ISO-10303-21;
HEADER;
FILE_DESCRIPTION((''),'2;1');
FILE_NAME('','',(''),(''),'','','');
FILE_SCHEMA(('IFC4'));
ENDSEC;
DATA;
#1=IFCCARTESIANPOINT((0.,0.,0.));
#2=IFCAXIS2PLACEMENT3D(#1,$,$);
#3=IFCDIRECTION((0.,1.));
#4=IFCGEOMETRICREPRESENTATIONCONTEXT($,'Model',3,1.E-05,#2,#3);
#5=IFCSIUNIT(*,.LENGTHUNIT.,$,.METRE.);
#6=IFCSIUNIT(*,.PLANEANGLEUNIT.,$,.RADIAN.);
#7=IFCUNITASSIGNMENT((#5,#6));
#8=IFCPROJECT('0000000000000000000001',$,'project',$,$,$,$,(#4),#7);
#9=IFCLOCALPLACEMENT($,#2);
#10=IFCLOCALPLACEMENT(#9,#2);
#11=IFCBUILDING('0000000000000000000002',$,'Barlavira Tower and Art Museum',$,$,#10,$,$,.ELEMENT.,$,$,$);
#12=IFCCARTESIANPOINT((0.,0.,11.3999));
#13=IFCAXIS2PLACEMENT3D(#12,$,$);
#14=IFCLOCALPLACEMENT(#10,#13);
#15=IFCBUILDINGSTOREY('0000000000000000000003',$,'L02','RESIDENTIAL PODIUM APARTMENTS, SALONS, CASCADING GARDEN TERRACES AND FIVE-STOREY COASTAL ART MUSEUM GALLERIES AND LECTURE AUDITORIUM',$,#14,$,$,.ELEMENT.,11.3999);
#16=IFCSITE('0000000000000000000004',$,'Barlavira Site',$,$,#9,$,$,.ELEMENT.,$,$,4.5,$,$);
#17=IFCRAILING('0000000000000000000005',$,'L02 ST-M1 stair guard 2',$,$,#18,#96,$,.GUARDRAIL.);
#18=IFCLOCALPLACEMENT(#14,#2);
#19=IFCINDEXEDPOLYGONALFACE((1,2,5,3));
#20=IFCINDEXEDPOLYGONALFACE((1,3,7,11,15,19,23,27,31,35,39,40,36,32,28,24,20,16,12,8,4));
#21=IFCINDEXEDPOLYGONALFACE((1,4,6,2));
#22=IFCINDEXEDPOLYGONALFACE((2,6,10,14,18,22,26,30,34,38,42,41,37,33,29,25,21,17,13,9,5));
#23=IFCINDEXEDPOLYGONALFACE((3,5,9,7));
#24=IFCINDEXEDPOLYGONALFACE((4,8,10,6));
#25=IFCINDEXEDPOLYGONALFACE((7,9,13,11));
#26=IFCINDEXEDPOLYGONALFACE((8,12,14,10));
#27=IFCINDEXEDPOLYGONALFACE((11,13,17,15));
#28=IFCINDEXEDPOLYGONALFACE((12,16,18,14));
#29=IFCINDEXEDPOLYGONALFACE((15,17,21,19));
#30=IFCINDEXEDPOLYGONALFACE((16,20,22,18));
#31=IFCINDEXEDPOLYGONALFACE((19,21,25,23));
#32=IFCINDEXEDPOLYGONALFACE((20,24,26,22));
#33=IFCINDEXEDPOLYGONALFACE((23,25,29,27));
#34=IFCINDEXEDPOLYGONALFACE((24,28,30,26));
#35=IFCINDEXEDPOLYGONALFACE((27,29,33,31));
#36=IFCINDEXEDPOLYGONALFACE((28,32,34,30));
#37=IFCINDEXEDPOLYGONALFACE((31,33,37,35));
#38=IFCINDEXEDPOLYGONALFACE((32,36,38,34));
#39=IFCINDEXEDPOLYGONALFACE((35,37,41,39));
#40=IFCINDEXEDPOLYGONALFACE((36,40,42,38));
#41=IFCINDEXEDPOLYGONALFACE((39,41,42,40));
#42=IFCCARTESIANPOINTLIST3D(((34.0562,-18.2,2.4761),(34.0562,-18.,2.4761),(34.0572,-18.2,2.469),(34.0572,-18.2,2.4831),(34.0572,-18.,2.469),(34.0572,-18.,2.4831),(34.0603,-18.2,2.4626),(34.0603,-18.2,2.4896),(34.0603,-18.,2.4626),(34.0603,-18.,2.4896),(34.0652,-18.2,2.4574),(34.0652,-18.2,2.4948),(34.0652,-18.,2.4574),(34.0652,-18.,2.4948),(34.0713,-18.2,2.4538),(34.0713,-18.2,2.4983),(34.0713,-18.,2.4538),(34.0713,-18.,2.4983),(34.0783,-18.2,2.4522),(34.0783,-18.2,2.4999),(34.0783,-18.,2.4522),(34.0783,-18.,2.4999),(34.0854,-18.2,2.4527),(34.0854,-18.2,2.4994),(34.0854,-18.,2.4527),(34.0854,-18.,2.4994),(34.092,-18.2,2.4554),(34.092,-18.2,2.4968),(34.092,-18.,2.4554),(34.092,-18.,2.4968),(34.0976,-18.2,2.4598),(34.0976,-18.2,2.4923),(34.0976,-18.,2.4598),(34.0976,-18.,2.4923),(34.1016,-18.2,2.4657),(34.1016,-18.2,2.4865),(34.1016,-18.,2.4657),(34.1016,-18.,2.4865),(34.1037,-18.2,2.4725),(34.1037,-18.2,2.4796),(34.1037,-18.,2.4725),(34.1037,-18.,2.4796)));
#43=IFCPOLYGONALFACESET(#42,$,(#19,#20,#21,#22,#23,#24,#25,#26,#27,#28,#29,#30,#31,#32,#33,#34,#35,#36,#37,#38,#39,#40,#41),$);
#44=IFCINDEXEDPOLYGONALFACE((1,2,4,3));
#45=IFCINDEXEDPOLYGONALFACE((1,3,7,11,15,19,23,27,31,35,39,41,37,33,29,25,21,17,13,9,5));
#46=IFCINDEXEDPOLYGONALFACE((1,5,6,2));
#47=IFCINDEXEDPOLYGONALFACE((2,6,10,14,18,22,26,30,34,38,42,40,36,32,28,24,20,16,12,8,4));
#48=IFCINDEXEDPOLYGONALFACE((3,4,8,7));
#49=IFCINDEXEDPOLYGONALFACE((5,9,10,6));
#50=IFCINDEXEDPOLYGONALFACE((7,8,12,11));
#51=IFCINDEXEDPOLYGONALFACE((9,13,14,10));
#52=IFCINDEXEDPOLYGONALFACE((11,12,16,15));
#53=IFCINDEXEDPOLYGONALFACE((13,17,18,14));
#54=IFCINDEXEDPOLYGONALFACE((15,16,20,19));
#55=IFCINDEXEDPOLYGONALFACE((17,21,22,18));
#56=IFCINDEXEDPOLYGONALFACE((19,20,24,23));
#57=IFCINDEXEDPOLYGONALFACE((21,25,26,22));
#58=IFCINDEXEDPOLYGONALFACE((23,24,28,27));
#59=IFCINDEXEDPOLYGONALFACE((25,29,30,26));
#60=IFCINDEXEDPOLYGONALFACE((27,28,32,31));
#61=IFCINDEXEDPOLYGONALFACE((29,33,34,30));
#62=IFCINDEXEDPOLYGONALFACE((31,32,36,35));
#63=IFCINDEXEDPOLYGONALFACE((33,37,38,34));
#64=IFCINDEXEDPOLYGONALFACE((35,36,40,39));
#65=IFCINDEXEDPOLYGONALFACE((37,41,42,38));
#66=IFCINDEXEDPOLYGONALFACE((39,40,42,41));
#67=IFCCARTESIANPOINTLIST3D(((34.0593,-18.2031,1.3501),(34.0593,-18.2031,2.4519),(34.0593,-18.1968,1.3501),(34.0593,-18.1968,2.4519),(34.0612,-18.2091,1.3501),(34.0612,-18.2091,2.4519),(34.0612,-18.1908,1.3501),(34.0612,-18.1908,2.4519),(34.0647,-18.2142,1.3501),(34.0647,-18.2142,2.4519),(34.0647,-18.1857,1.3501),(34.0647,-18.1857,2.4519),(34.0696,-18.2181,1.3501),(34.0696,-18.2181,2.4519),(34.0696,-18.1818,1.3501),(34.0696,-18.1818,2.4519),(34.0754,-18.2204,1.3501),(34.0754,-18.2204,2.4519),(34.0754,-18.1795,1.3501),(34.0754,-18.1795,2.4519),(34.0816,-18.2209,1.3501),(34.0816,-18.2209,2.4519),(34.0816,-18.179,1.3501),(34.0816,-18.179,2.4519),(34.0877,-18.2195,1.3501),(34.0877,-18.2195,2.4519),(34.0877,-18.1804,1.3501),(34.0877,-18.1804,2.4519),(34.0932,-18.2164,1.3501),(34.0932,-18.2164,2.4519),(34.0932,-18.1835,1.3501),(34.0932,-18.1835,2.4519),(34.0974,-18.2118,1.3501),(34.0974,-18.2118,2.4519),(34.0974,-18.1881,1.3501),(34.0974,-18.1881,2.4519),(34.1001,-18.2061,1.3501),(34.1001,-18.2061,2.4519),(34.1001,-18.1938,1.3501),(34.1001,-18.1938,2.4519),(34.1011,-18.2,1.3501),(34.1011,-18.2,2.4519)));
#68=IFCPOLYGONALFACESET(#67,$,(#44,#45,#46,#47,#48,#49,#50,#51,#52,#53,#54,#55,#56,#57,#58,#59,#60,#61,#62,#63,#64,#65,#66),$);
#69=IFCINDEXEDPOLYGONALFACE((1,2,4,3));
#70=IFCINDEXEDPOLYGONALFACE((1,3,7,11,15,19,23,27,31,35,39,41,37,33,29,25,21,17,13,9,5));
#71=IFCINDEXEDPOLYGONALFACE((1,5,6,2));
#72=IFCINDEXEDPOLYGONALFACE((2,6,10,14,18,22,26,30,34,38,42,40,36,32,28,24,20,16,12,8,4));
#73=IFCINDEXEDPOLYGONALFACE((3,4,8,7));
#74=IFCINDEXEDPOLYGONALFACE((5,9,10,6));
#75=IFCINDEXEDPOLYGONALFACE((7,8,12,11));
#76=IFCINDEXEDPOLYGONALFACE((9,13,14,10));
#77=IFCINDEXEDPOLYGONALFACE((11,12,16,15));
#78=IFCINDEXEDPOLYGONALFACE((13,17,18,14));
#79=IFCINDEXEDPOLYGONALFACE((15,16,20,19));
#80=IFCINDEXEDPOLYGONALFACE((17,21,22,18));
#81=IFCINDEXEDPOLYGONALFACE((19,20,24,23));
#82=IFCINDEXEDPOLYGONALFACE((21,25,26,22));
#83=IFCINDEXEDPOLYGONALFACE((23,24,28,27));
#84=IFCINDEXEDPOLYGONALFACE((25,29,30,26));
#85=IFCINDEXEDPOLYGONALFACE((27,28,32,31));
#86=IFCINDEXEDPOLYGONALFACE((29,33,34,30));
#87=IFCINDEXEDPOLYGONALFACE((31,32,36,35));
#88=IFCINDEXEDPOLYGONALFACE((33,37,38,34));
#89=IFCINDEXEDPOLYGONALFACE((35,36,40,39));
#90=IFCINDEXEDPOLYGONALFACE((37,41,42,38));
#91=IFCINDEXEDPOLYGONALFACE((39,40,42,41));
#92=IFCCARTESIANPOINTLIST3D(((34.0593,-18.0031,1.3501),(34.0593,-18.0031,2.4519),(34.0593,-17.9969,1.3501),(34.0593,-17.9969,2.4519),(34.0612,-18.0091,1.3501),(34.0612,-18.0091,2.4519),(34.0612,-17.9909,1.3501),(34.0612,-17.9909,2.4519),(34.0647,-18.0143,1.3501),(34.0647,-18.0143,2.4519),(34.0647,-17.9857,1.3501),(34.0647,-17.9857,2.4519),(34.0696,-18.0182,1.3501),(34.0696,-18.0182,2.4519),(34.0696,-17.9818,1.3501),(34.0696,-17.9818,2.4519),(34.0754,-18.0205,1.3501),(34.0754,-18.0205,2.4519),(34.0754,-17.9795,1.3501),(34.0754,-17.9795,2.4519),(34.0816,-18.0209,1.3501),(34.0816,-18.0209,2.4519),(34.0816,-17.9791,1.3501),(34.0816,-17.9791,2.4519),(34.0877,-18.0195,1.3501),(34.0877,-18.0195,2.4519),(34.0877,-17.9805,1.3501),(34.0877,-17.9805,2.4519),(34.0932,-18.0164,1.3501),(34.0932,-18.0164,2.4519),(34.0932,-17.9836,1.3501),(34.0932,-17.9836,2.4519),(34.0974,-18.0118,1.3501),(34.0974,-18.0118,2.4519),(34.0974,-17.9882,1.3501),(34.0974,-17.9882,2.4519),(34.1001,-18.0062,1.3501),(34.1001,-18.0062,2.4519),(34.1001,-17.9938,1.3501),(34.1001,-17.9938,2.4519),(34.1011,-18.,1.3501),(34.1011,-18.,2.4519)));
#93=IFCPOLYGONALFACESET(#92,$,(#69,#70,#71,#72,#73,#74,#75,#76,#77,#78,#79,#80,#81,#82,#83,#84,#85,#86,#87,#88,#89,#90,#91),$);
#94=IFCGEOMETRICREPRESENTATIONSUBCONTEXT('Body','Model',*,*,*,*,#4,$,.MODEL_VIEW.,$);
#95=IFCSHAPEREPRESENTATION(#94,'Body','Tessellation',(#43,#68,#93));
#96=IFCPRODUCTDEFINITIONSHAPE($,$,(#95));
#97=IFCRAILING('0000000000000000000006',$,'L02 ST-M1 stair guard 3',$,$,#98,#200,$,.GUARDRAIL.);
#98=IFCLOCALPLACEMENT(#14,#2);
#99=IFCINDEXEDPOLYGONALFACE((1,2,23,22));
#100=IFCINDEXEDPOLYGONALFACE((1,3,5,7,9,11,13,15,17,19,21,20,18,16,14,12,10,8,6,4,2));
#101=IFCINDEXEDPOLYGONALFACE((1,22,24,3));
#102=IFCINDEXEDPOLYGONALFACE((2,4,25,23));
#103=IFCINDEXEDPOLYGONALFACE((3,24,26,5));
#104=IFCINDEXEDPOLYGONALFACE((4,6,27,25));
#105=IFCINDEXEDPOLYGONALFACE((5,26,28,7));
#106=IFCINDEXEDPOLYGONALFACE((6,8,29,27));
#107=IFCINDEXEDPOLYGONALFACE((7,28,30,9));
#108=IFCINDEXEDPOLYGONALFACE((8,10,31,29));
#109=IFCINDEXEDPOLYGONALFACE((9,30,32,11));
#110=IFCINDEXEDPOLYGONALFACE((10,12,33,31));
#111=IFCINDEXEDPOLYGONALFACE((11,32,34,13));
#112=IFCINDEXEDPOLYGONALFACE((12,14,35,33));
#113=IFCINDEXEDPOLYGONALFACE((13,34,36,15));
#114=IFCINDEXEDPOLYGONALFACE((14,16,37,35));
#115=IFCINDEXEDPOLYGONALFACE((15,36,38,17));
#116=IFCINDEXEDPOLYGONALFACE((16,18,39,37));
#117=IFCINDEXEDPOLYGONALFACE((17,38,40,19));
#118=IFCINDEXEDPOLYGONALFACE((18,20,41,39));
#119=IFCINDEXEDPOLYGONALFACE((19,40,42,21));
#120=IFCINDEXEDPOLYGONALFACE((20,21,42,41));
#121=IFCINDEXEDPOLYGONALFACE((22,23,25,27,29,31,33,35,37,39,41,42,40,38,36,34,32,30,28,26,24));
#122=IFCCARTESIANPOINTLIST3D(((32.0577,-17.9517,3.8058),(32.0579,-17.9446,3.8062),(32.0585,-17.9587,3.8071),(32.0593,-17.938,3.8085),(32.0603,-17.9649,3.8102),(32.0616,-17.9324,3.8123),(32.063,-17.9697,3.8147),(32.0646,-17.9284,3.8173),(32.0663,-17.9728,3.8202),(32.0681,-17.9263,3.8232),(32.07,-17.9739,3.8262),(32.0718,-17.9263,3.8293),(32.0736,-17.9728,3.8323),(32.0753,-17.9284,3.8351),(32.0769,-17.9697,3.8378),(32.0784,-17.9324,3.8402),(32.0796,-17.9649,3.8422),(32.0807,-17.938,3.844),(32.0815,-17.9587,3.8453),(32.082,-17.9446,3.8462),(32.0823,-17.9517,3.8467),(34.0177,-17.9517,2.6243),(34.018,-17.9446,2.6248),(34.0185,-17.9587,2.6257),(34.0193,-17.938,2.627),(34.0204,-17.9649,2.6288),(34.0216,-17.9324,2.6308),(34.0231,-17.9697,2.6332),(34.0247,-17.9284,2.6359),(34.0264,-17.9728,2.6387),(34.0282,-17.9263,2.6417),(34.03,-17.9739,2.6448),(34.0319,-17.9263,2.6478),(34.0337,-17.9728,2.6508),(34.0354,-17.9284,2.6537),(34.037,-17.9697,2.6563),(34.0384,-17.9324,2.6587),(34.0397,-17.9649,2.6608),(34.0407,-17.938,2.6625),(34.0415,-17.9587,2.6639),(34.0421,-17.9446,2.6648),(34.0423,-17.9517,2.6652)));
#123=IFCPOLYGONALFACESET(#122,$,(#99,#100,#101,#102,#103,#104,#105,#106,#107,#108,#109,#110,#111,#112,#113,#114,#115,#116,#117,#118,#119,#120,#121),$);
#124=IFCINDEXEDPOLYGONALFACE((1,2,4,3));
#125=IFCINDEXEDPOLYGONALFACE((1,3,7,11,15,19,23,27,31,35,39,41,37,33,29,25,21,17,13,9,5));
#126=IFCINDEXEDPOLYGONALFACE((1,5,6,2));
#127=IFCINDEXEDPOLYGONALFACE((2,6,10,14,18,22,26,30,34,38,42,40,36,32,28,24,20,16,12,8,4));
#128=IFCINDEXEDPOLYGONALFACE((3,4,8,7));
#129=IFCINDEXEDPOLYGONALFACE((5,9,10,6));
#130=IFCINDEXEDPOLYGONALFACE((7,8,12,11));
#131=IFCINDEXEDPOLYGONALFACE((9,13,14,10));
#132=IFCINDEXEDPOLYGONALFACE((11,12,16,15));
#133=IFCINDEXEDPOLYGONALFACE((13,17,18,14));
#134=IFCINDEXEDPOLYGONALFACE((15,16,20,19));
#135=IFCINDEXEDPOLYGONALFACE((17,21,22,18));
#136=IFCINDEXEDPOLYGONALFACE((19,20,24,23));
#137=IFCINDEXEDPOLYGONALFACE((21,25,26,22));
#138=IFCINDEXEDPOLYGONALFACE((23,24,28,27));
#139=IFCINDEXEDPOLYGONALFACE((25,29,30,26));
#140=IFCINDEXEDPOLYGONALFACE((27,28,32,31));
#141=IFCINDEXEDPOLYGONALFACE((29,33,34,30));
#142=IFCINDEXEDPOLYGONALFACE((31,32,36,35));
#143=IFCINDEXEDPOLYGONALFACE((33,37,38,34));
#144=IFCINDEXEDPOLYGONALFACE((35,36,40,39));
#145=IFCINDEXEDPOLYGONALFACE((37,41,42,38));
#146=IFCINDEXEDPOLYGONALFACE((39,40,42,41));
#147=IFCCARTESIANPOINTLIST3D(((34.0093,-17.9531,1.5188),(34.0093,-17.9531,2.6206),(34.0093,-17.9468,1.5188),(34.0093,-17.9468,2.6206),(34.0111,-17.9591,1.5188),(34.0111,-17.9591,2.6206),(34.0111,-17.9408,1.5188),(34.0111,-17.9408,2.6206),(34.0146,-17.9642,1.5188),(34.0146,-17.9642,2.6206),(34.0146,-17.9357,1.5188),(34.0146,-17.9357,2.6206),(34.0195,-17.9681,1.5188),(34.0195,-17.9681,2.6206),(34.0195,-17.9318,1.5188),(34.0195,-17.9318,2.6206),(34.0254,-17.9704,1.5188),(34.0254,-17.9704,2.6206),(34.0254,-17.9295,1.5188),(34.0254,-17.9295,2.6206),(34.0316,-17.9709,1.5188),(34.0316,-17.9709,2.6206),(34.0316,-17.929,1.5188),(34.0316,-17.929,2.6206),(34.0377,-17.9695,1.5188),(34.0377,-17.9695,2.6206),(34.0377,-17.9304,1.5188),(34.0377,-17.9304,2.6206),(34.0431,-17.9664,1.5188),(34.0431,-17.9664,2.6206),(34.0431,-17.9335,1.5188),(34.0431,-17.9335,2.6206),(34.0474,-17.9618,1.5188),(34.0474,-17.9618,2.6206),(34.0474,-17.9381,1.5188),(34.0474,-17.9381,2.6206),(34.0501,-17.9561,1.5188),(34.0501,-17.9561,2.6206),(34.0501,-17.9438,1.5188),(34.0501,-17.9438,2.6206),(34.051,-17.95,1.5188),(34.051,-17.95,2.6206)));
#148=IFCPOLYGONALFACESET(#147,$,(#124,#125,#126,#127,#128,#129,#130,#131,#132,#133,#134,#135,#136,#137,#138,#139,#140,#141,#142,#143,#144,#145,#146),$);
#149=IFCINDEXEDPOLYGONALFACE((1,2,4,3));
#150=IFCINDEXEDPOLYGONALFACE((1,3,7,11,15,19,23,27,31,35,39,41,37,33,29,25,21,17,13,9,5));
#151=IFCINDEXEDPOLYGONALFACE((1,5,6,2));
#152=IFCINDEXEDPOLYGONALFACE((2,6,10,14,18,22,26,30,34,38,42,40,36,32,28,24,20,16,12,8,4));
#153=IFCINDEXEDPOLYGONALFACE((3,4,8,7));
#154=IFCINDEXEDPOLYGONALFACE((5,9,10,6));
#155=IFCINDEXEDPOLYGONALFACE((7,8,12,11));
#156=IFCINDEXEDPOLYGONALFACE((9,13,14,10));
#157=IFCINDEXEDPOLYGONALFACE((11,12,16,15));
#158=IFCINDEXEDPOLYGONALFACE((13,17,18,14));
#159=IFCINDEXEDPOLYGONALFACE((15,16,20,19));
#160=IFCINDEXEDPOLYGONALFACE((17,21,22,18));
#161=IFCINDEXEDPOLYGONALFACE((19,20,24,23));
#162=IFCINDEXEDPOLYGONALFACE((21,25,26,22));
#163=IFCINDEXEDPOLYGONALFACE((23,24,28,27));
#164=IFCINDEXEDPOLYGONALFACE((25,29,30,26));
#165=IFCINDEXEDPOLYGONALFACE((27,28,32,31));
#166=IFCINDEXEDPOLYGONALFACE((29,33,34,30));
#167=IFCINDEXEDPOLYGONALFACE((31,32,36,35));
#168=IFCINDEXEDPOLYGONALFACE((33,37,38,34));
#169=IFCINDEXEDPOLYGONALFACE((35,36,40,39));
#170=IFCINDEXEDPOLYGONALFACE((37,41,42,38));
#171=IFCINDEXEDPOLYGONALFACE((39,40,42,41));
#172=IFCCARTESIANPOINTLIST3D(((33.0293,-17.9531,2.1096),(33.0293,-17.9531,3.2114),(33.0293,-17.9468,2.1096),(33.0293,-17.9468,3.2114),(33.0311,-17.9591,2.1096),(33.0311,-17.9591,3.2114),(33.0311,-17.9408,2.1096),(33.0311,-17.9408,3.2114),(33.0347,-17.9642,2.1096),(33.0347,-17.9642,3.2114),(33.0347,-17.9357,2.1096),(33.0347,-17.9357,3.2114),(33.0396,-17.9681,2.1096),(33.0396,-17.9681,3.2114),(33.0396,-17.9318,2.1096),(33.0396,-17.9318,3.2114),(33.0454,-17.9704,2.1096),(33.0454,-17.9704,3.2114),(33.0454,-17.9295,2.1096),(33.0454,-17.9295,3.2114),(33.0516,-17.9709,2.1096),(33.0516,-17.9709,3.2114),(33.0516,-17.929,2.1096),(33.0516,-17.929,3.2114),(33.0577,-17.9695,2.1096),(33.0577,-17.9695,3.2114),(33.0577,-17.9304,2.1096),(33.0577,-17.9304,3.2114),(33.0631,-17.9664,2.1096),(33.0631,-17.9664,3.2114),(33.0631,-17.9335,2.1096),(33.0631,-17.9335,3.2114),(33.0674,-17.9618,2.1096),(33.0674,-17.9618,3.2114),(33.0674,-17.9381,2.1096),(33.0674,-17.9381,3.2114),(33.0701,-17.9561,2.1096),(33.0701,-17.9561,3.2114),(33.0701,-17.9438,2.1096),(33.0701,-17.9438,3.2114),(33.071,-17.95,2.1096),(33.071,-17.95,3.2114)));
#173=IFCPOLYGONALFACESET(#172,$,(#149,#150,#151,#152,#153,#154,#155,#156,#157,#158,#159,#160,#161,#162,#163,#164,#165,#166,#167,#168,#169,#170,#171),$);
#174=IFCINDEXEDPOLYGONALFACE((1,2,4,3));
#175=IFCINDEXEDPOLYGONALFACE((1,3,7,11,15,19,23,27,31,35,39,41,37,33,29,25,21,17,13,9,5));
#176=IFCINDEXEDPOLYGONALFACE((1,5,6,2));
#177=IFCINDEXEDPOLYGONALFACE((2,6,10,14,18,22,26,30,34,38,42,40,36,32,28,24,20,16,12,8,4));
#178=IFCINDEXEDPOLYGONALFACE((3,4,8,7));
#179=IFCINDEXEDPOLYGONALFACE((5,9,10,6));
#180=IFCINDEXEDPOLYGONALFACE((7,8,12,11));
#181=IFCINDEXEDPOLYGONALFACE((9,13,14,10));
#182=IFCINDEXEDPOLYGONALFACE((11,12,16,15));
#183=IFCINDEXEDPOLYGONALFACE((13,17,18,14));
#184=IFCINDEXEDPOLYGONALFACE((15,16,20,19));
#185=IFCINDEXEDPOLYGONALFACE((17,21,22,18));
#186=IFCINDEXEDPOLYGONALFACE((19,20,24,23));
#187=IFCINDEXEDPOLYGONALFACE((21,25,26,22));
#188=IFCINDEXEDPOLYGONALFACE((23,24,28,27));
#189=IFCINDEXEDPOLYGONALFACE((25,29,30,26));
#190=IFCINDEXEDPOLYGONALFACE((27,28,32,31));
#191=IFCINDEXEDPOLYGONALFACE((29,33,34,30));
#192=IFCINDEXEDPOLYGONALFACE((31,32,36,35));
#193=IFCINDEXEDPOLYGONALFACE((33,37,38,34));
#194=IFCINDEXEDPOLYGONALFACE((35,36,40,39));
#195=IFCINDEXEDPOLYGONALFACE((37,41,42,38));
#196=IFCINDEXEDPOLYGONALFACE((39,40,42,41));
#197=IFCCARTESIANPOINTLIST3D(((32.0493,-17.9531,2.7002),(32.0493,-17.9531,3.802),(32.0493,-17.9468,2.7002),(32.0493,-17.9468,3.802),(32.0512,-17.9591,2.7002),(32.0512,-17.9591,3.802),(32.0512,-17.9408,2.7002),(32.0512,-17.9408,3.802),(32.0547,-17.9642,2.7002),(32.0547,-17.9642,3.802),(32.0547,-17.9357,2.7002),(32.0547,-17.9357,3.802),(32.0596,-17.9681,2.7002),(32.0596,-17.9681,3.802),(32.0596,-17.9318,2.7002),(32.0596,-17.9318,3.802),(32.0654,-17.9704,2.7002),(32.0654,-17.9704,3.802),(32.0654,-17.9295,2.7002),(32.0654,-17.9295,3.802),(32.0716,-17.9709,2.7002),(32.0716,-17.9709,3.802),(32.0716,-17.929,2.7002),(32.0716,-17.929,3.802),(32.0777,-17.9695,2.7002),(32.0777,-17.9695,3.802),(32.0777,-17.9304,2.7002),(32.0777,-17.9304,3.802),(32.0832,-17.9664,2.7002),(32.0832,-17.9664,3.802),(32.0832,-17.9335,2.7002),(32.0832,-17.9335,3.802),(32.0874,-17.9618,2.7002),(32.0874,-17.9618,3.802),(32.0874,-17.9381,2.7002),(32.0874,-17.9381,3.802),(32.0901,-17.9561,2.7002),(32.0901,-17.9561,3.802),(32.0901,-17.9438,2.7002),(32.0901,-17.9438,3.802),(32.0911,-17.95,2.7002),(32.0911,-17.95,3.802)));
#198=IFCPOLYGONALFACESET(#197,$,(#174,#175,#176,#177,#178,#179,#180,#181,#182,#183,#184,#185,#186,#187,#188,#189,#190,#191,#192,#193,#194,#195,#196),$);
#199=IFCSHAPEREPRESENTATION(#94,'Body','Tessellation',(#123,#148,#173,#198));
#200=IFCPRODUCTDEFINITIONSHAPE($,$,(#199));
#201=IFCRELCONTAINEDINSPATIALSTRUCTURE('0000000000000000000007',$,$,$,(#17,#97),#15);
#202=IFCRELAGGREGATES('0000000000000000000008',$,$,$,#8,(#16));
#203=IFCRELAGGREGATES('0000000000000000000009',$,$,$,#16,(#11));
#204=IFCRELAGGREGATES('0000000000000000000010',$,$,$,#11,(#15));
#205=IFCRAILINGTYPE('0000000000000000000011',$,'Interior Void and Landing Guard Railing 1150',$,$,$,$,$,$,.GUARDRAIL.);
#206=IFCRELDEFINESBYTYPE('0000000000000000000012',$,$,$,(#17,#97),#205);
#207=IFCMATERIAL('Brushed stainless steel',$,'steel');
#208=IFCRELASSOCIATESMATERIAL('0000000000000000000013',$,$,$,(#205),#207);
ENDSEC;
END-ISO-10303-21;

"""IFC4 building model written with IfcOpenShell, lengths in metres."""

from ifc_helpers import new_model, si_unit, direction, frame, origin, origin_2d, place, context, subcontext, project, spatial, circle, extrude, material, type_object, element, save


model = new_model("IFC4")

# Units and contexts
model_context = context("Model", 3, precision=1e-05, world=origin(), true_north=direction((0.0, 1.0)))
body_context = subcontext(model_context, "Body", "Model", "MODEL_VIEW")
ifc_project = project(units=[si_unit("LENGTHUNIT", "METRE"), si_unit("PLANEANGLEUNIT", "RADIAN")], contexts=[model_context])

# Site, building, storey
site_placement = place(None, origin())
site = spatial("IfcSite", under=ifc_project, at=site_placement, Name="Barlavira Site", CompositionType="ELEMENT", RefElevation=4.5)
building_placement = place(site_placement, origin())
building = spatial("IfcBuilding", under=site, at=building_placement, Name="Barlavira Tower and Art Museum", CompositionType="ELEMENT")
storey_placement = place(building_placement, frame((0.0, 0.0, 11.3999)))
storey = spatial("IfcBuildingStorey", under=building, at=storey_placement, Name="L02", Description="RESIDENTIAL PODIUM APARTMENTS, SALONS, CASCADING GARDEN TERRACES AND FIVE-STOREY COASTAL ART MUSEUM GALLERIES AND LECTURE AUDITORIUM", CompositionType="ELEMENT", Elevation=11.3999)

# Shared definitions
ifc_material_1 = material(Name="Brushed stainless steel", Category="steel")

# Railings
railing_type_1 = type_object("IfcRailingType", Name="Interior Void and Landing Guard Railing 1150", PredefinedType="GUARDRAIL", material=ifc_material_1)
railing_1_placement = place(storey_placement, frame((34.0801, -18.2, 1.3501)))
element("IfcRailing", 1, at=railing_1_placement, inside=storey, type_object=railing_type_1, Name="L02 ST-M1 stair guard 2", PredefinedType="GUARDRAIL", context=body_context, shape_type="SweptSolid", body=[
    extrude(circle(Radius=0.0239, at=origin_2d()), frame((0.0, 0.0, 1.126), z_axis=(0.0, 1.0, 0.0), x_axis=(-1.0, 0.0, 0.0)), (0.0, 0.0, 1.0), 0.2),
    extrude(circle(Radius=0.021, at=origin_2d()), origin(), (0.0, 0.0, 1.0), 1.1018),
    extrude(circle(Radius=0.021, at=origin_2d()), frame((0.0, 0.2, 0.0)), (0.0, 0.0, 1.0), 1.1018),
])
railing_2_placement = place(storey_placement, frame((34.03, -17.95, 1.5188)))
element("IfcRailing", 2, at=railing_2_placement, inside=storey, type_object=railing_type_1, Name="L02 ST-M1 stair guard 3", PredefinedType="GUARDRAIL", context=body_context, shape_type="SweptSolid", body=[
    extrude(circle(Radius=0.0239, at=origin_2d()), frame((0.0, 0.0, 1.126), z_axis=(-0.856446, 0.0, 0.516236), x_axis=(0.0, -1.0, 0.0)), (0.0, 0.0, 1.0), 2.2886),
    extrude(circle(Radius=0.021, at=origin_2d()), origin(), (0.0, 0.0, 1.0), 1.1018),
    extrude(circle(Radius=0.021, at=origin_2d()), frame((-0.98, 0.0, 0.5908)), (0.0, 0.0, 1.0), 1.1018),
    extrude(circle(Radius=0.021, at=origin_2d()), frame((-1.96, 0.0, 1.1814)), (0.0, 0.0, 1.0), 1.1018),
])

save(model, "model.ifc")
